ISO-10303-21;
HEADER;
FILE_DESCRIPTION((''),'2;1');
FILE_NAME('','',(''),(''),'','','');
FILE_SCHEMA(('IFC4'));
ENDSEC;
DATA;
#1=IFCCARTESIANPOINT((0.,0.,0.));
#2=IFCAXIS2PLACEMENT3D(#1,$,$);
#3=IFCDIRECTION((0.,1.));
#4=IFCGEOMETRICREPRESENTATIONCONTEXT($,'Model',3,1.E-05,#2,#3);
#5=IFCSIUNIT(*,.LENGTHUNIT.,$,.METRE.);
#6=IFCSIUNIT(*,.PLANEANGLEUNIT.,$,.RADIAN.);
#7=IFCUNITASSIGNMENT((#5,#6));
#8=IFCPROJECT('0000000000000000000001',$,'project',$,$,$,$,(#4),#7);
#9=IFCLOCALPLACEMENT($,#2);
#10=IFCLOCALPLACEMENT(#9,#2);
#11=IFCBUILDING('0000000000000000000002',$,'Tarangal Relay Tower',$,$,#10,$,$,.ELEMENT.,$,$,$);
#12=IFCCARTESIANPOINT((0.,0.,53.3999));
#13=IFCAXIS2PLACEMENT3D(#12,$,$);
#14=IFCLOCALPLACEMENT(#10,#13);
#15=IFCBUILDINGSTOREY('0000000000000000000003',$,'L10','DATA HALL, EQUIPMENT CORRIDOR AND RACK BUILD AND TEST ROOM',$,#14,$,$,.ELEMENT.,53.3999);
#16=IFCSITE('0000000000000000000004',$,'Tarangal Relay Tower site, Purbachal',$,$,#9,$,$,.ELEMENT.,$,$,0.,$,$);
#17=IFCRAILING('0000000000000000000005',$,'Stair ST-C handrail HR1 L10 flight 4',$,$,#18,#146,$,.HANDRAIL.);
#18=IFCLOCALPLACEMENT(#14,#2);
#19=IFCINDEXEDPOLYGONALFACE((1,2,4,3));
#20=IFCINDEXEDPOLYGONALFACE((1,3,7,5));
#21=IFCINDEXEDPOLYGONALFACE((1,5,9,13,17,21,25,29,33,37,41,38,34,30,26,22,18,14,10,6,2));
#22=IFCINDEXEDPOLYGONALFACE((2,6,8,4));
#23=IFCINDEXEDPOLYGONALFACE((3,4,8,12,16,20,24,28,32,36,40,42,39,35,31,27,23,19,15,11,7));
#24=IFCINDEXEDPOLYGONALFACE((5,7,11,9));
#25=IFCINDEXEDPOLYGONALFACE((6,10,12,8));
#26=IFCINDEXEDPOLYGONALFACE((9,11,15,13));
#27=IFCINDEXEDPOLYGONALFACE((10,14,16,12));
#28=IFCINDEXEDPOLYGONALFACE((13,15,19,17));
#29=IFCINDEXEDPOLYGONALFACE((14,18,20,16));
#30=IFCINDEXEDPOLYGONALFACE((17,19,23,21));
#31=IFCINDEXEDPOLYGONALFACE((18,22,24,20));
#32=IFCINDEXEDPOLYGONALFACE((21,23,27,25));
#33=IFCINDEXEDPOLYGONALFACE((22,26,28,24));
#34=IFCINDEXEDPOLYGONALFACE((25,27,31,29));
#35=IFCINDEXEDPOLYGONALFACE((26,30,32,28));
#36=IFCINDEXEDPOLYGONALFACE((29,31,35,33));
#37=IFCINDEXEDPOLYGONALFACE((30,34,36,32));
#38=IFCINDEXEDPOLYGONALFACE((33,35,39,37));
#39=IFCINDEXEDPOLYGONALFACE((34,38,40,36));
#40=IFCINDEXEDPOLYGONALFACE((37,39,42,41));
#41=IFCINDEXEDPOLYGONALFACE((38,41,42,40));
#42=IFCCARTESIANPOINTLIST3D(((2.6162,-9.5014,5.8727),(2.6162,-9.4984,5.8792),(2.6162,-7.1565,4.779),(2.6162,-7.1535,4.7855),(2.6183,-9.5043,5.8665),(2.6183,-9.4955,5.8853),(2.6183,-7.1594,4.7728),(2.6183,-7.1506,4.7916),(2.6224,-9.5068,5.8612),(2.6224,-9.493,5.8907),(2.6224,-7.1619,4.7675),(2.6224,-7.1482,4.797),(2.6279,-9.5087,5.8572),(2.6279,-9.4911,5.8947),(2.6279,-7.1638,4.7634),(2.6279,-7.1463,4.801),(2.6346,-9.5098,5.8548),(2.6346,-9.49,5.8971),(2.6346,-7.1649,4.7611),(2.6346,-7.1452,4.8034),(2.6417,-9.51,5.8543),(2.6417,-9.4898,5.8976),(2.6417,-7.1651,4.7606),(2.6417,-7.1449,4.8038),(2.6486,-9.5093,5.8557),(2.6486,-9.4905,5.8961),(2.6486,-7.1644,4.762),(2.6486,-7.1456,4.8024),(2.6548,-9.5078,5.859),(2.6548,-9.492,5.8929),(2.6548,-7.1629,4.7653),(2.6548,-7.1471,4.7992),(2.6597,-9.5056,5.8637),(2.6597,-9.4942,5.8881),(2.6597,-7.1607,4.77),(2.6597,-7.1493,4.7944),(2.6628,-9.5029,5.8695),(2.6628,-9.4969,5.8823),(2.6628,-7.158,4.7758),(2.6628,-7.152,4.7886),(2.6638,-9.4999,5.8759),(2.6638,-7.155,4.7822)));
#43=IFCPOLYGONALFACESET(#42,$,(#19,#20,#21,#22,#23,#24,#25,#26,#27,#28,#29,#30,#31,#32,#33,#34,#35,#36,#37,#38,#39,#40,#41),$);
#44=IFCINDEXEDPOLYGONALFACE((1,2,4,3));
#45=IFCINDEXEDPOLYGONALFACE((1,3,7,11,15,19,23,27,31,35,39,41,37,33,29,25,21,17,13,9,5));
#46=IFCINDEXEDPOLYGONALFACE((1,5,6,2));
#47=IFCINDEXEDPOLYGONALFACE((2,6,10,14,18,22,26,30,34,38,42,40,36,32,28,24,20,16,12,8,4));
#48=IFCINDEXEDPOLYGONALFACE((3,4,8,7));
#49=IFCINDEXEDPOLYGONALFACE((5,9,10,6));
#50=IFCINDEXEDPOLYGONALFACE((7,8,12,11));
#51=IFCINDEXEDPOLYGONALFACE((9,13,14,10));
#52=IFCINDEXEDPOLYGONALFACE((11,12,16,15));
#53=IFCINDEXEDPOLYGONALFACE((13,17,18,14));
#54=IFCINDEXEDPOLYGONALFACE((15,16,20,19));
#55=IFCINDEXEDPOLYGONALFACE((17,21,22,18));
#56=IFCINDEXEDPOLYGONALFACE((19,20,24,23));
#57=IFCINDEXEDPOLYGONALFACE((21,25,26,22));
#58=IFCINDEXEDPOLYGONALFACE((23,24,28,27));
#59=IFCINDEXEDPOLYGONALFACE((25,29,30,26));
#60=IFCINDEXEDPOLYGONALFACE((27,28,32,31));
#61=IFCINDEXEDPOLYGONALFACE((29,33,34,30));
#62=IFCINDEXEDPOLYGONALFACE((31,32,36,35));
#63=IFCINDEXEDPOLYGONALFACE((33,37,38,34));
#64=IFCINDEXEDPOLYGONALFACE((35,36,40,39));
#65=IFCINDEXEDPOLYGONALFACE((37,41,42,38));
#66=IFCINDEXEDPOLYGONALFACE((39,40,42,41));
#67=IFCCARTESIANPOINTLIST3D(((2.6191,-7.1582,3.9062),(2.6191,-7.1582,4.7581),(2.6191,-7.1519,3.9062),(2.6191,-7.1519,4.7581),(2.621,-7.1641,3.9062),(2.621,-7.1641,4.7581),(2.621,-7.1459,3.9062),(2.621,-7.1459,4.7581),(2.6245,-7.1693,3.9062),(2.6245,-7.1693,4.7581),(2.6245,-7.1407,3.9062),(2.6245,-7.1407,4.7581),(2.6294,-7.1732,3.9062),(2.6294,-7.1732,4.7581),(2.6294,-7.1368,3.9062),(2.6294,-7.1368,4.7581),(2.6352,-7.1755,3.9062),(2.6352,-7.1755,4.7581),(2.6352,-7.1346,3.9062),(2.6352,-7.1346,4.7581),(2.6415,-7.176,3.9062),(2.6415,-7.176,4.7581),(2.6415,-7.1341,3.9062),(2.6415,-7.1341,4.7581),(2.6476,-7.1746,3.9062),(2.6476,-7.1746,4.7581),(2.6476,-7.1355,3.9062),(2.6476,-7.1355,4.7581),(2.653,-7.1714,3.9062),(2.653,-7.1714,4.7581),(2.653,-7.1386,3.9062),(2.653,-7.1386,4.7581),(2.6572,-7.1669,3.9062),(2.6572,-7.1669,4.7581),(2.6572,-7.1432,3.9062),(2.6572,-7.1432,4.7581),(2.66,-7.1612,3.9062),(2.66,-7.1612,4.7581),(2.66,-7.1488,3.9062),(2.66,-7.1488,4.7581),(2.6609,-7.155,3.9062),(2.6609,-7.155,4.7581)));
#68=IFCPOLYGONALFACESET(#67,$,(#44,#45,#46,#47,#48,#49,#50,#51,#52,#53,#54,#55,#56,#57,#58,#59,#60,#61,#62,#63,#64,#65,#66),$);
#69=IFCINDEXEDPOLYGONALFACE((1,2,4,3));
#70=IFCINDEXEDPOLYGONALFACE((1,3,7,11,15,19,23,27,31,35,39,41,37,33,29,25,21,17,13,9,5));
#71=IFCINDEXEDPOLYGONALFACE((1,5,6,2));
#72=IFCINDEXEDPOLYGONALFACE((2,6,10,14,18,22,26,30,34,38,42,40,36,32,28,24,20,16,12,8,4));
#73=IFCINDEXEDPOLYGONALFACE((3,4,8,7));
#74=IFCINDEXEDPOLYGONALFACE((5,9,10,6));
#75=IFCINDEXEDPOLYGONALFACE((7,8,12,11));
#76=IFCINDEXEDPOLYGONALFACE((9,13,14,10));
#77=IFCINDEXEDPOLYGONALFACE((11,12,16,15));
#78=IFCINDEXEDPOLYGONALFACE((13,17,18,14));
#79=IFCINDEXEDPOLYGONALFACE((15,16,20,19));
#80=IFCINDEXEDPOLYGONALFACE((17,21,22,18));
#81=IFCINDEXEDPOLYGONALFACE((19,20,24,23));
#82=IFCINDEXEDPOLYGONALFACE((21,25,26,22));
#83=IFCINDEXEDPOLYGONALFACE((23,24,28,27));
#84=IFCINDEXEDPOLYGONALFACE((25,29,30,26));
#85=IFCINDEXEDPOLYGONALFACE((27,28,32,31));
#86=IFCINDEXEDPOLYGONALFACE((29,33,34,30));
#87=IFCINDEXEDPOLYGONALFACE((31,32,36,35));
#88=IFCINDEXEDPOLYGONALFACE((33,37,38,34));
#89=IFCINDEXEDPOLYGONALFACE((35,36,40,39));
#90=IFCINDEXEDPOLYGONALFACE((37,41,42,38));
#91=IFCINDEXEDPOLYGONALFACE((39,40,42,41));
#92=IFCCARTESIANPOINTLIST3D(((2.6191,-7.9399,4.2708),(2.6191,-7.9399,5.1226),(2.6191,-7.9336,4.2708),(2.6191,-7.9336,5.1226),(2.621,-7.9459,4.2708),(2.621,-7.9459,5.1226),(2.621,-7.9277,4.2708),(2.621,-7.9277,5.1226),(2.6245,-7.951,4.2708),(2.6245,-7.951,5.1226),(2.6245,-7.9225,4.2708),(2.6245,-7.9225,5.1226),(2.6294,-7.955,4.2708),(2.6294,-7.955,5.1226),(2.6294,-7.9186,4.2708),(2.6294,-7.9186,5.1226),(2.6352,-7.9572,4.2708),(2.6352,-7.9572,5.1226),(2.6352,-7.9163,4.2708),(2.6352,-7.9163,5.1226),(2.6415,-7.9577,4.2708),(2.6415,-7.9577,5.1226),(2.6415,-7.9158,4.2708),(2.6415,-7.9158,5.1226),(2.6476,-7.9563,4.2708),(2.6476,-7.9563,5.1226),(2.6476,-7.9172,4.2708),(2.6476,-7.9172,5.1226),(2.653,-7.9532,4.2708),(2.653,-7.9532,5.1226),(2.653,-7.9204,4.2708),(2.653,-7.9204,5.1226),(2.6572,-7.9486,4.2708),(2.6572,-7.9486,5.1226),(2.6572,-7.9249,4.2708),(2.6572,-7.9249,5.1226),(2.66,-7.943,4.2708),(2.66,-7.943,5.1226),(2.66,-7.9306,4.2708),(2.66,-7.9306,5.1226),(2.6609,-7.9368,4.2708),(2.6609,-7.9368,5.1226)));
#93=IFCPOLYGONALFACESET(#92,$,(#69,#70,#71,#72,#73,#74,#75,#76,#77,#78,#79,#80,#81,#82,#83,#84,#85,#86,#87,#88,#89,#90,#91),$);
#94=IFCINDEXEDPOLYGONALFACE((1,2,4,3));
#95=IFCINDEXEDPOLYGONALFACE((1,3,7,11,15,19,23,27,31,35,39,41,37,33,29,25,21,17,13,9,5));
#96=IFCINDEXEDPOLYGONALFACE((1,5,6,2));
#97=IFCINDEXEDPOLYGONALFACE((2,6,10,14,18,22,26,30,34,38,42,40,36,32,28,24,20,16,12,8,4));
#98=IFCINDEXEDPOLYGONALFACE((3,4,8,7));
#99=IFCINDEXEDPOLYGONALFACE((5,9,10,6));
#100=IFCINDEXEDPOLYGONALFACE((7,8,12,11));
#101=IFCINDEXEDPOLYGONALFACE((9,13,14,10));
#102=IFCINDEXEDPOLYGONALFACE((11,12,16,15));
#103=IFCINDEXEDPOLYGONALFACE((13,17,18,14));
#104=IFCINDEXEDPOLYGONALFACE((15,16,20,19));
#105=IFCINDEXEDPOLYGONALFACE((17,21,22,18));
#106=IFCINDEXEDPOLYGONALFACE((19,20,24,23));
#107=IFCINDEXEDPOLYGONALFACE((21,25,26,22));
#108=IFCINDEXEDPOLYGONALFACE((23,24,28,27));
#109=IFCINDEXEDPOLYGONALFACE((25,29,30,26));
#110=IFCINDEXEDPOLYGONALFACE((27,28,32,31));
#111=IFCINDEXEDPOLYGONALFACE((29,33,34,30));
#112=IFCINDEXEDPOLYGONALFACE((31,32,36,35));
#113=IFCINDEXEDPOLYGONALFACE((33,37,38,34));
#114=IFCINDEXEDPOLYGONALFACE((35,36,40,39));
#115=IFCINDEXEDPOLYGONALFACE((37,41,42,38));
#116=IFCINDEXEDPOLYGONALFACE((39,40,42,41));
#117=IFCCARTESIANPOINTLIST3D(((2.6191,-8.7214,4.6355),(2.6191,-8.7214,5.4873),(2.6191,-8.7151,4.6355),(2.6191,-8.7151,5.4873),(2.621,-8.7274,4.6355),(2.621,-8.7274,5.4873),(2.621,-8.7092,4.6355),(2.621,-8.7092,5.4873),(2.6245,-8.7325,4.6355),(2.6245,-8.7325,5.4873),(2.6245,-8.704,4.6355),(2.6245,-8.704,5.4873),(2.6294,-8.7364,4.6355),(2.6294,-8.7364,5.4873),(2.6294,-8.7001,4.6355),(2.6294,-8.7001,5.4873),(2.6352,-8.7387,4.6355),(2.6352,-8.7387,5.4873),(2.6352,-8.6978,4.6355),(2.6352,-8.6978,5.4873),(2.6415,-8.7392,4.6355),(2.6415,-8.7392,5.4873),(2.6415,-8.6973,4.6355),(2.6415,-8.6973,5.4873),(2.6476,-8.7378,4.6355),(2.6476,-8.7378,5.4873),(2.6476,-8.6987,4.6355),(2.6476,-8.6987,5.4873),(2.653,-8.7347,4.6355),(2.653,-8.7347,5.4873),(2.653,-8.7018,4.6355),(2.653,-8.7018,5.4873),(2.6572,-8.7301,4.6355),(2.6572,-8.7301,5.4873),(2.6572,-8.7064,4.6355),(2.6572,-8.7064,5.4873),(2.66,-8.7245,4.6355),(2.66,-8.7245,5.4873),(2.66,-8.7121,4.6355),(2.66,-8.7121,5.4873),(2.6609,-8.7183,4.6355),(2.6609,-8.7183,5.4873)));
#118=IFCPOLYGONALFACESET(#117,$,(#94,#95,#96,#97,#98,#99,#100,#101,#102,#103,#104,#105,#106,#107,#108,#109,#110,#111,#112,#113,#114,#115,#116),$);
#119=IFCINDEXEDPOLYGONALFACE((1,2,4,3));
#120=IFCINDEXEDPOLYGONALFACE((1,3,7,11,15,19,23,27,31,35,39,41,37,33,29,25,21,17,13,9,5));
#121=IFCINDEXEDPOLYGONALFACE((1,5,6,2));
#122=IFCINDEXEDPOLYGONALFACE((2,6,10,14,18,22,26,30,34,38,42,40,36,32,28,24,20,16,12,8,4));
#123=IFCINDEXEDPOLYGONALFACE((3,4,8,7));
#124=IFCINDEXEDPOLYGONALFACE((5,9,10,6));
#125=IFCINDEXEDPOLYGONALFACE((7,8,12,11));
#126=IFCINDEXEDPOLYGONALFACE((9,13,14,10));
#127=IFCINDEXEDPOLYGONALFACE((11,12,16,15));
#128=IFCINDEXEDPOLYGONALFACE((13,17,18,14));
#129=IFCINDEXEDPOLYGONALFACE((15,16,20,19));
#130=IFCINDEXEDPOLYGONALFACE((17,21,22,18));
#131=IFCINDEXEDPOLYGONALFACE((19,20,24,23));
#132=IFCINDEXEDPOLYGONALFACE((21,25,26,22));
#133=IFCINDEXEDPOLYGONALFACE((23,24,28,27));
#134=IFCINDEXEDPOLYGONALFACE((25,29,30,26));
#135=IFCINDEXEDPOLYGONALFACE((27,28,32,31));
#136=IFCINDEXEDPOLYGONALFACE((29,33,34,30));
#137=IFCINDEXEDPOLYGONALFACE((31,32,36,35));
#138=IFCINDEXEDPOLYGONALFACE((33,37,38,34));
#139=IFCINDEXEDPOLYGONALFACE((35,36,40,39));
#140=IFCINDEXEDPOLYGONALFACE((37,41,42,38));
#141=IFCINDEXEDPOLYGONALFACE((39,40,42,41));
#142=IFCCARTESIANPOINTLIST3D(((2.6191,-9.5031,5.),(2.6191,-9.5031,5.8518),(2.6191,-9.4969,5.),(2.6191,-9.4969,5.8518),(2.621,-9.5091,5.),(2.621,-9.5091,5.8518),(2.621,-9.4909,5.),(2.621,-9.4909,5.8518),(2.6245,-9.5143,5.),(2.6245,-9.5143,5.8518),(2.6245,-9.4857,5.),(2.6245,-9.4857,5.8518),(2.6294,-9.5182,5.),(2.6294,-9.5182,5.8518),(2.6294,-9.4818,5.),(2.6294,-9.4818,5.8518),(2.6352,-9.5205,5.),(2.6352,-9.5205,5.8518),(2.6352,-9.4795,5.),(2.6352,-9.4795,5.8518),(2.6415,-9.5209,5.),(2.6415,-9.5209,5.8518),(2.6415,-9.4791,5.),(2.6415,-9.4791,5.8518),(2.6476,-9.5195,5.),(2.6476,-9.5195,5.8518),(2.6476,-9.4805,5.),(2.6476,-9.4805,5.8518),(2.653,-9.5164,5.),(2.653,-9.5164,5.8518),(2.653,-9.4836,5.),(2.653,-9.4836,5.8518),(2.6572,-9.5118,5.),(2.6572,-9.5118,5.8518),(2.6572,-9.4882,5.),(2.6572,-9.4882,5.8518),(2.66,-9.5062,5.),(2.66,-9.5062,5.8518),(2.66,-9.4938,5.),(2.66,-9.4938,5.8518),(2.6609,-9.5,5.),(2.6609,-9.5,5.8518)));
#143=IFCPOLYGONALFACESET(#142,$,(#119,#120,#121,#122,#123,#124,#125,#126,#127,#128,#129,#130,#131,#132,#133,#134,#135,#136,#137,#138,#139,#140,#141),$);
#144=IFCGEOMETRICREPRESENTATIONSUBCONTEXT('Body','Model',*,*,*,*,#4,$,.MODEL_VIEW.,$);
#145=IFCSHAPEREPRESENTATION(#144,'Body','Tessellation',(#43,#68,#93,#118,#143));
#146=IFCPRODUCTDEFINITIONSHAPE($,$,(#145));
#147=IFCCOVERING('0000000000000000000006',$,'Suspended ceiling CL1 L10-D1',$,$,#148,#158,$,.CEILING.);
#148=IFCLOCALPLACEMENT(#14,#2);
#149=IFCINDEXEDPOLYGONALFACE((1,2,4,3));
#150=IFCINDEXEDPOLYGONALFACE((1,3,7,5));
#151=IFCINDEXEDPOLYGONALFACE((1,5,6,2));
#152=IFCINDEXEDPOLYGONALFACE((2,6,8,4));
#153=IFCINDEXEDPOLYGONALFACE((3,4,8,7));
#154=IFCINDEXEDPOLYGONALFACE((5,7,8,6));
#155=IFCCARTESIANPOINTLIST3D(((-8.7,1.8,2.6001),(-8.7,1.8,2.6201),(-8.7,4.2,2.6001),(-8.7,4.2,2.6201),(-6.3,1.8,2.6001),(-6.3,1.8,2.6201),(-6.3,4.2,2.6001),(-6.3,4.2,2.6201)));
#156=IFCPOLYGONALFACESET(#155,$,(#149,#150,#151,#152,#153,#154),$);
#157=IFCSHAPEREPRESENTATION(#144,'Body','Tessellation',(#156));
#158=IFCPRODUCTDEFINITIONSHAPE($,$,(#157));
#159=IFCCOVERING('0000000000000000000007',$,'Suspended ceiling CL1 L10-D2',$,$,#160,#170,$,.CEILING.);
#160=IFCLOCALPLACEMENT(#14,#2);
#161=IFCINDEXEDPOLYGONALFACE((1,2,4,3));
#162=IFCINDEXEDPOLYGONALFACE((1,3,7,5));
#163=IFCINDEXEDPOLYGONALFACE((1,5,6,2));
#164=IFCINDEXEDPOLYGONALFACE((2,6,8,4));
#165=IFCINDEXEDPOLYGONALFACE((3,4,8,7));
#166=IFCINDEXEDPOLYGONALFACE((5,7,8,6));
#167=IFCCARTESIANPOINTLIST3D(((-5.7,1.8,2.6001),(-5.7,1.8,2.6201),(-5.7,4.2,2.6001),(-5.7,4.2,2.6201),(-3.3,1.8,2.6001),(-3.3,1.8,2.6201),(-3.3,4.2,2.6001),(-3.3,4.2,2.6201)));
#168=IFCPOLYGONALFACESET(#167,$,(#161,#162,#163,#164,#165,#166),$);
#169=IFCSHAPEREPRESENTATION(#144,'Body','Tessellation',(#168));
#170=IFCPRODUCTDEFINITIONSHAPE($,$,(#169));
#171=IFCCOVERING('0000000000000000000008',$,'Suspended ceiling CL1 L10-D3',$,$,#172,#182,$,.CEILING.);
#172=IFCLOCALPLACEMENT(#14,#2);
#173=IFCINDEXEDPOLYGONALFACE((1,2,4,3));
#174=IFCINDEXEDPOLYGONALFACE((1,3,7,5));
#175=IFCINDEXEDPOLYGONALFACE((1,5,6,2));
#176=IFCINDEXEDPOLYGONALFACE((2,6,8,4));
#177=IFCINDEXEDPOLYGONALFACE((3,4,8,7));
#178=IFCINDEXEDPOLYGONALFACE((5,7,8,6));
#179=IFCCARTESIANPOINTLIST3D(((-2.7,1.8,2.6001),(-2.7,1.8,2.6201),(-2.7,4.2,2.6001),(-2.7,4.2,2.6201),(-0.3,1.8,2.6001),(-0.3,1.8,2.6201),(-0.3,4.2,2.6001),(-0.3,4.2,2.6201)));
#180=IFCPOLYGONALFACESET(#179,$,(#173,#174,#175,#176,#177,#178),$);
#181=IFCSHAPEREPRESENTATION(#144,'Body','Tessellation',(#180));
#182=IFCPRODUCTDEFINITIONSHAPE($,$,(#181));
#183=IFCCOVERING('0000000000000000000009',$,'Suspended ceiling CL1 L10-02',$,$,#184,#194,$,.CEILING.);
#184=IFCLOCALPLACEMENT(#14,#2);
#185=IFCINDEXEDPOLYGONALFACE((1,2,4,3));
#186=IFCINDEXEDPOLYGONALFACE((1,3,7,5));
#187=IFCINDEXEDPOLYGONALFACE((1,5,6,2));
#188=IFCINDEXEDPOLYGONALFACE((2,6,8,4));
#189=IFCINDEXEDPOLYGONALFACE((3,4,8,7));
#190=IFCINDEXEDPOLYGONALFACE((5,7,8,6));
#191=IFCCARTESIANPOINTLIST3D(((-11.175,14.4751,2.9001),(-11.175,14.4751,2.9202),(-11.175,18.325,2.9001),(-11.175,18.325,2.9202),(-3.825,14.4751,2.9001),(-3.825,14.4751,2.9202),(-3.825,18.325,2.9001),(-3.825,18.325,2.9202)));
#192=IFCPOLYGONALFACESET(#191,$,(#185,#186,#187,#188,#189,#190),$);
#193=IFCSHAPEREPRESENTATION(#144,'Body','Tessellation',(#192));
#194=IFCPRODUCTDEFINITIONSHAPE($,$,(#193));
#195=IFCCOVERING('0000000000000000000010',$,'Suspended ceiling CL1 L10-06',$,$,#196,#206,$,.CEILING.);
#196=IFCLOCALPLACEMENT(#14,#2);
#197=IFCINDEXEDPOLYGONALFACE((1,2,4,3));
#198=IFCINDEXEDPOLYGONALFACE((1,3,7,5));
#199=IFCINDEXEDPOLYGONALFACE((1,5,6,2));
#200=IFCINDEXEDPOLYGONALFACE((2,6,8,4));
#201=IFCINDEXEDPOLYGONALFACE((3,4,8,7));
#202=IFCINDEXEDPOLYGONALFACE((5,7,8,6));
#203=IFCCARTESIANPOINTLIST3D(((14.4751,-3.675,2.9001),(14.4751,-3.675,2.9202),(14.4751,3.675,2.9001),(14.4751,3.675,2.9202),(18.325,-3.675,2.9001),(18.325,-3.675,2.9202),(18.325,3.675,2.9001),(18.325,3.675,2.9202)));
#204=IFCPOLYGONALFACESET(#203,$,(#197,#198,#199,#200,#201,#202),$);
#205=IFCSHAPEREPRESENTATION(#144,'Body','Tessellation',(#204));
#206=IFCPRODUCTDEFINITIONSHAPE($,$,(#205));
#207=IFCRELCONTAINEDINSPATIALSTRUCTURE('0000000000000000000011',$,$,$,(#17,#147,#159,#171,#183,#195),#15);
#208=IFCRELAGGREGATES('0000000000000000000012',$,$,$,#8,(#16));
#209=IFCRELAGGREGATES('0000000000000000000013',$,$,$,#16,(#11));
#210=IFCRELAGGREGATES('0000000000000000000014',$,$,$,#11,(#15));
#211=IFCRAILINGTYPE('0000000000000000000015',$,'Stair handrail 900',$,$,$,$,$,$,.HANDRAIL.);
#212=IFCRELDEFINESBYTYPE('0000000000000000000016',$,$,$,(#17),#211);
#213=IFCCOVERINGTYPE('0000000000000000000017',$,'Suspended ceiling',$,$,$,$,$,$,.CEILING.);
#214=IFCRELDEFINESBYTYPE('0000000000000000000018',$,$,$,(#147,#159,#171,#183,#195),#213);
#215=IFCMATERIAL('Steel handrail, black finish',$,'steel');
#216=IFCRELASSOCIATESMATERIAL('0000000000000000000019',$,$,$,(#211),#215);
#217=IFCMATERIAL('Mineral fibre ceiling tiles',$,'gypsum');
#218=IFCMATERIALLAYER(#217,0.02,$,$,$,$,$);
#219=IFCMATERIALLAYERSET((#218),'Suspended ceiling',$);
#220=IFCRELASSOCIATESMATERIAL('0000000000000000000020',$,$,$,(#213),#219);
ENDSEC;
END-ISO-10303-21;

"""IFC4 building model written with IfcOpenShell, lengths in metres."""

from ifc_helpers import new_model, si_unit, direction, frame, origin, origin_2d, place, context, subcontext, project, spatial, polyline, circle, outline, extrude, material, layer, layer_set, type_object, element, save


model = new_model("IFC4")

# Units and contexts
model_context = context("Model", 3, precision=1e-05, world=origin(), true_north=direction((0.0, 1.0)))
body_context = subcontext(model_context, "Body", "Model", "MODEL_VIEW")
ifc_project = project(units=[si_unit("LENGTHUNIT", "METRE"), si_unit("PLANEANGLEUNIT", "RADIAN")], contexts=[model_context])

# Site, building, storey
site_placement = place(None, origin())
site = spatial("IfcSite", under=ifc_project, at=site_placement, Name="Tarangal Relay Tower site, Purbachal", CompositionType="ELEMENT", RefElevation=0.0)
building_placement = place(site_placement, origin())
building = spatial("IfcBuilding", under=site, at=building_placement, Name="Tarangal Relay Tower", CompositionType="ELEMENT")
storey_placement = place(building_placement, frame((0.0, 0.0, 53.3999)))
storey = spatial("IfcBuildingStorey", under=building, at=storey_placement, Name="L10", Description="DATA HALL, EQUIPMENT CORRIDOR AND RACK BUILD AND TEST ROOM", CompositionType="ELEMENT", Elevation=53.3999)

# Railing
ifc_material_1 = material(Name="Steel handrail, black finish", Category="steel")
railing_type_1 = type_object("IfcRailingType", Name="Stair handrail 900", PredefinedType="HANDRAIL", material=ifc_material_1)
for number, where, name in (
    (1, (2.6399, -7.155, 3.9062), "Stair ST-C handrail HR1 L10 flight 4"),
):
    element("IfcRailing", number, at=place(storey_placement, frame(where)), inside=storey, type_object=railing_type_1, Name=name, PredefinedType="HANDRAIL", context=body_context, shape_type="SweptSolid", body=[
        extrude(circle(Radius=0.0239, at=origin_2d()), frame((0.0, 0.0, 0.876), z_axis=(0.0, -0.906267, 0.422705), x_axis=(1.0, 0.0, 0.0)), (0.0, 0.0, 1.0), 2.5874),
        extrude(circle(Radius=0.021, at=origin_2d()), origin(), (0.0, 0.0, 1.0), 0.8518),
        extrude(circle(Radius=0.021, at=origin_2d()), frame((0.0, -0.7817, 0.3645)), (0.0, 0.0, 1.0), 0.8518),
        extrude(circle(Radius=0.021, at=origin_2d()), frame((0.0, -1.5632, 0.7292)), (0.0, 0.0, 1.0), 0.8518),
        extrude(circle(Radius=0.021, at=origin_2d()), frame((0.0, -2.345, 1.0938)), (0.0, 0.0, 1.0), 0.8518),
    ])

# Coverings
ifc_material_2 = material(Name="Mineral fibre ceiling tiles", Category="gypsum")
ifc_layer_1 = layer(ifc_material_2, 0.02)
ifc_layer_set_1 = layer_set([ifc_layer_1], Name="Suspended ceiling")
covering_type_1 = type_object("IfcCoveringType", Name="Suspended ceiling", PredefinedType="CEILING", material=ifc_layer_set_1)
covering_1_placement = place(storey_placement, frame((0.0, 0.0, 2.6001)))
element("IfcCovering", 2, at=covering_1_placement, inside=storey, type_object=covering_type_1, Name="Suspended ceiling CL1 L10-D1", PredefinedType="CEILING", context=body_context, shape_type="SweptSolid", body=[
    extrude(outline(polyline([(-8.7, 1.8), (-6.3, 1.8), (-6.3, 4.2), (-8.7, 4.2), (-8.7, 1.8)])), origin(), (0.0, 0.0, 1.0), 0.02),
])
covering_2_placement = place(storey_placement, frame((0.0, 0.0, 2.6001)))
element("IfcCovering", 3, at=covering_2_placement, inside=storey, type_object=covering_type_1, Name="Suspended ceiling CL1 L10-D2", PredefinedType="CEILING", context=body_context, shape_type="SweptSolid", body=[
    extrude(outline(polyline([(-5.7, 1.8), (-3.3, 1.8), (-3.3, 4.2), (-5.7, 4.2), (-5.7, 1.8)])), origin(), (0.0, 0.0, 1.0), 0.02),
])
covering_3_placement = place(storey_placement, frame((0.0, 0.0, 2.6001)))
element("IfcCovering", 4, at=covering_3_placement, inside=storey, type_object=covering_type_1, Name="Suspended ceiling CL1 L10-D3", PredefinedType="CEILING", context=body_context, shape_type="SweptSolid", body=[
    extrude(outline(polyline([(-2.7, 1.8), (-0.3, 1.8), (-0.3, 4.2), (-2.7, 4.2), (-2.7, 1.8)])), origin(), (0.0, 0.0, 1.0), 0.02),
])
covering_4_placement = place(storey_placement, frame((0.0, 0.0, 2.9001)))
element("IfcCovering", 5, at=covering_4_placement, inside=storey, type_object=covering_type_1, Name="Suspended ceiling CL1 L10-02", PredefinedType="CEILING", context=body_context, shape_type="SweptSolid", body=[
    extrude(outline(polyline([(-11.175, 18.325), (-11.175, 14.4751), (-3.825, 14.4751), (-3.825, 18.325), (-11.175, 18.325)])), origin(), (0.0, 0.0, 1.0), 0.02),
])
covering_5_placement = place(storey_placement, frame((0.0, 0.0, 2.9001)))
element("IfcCovering", 6, at=covering_5_placement, inside=storey, type_object=covering_type_1, Name="Suspended ceiling CL1 L10-06", PredefinedType="CEILING", context=body_context, shape_type="SweptSolid", body=[
    extrude(outline(polyline([(18.325, 3.675), (14.4751, 3.675), (14.4751, -3.675), (18.325, -3.675), (18.325, 3.675)])), origin(), (0.0, 0.0, 1.0), 0.02),
])

save(model, "model.ifc")
